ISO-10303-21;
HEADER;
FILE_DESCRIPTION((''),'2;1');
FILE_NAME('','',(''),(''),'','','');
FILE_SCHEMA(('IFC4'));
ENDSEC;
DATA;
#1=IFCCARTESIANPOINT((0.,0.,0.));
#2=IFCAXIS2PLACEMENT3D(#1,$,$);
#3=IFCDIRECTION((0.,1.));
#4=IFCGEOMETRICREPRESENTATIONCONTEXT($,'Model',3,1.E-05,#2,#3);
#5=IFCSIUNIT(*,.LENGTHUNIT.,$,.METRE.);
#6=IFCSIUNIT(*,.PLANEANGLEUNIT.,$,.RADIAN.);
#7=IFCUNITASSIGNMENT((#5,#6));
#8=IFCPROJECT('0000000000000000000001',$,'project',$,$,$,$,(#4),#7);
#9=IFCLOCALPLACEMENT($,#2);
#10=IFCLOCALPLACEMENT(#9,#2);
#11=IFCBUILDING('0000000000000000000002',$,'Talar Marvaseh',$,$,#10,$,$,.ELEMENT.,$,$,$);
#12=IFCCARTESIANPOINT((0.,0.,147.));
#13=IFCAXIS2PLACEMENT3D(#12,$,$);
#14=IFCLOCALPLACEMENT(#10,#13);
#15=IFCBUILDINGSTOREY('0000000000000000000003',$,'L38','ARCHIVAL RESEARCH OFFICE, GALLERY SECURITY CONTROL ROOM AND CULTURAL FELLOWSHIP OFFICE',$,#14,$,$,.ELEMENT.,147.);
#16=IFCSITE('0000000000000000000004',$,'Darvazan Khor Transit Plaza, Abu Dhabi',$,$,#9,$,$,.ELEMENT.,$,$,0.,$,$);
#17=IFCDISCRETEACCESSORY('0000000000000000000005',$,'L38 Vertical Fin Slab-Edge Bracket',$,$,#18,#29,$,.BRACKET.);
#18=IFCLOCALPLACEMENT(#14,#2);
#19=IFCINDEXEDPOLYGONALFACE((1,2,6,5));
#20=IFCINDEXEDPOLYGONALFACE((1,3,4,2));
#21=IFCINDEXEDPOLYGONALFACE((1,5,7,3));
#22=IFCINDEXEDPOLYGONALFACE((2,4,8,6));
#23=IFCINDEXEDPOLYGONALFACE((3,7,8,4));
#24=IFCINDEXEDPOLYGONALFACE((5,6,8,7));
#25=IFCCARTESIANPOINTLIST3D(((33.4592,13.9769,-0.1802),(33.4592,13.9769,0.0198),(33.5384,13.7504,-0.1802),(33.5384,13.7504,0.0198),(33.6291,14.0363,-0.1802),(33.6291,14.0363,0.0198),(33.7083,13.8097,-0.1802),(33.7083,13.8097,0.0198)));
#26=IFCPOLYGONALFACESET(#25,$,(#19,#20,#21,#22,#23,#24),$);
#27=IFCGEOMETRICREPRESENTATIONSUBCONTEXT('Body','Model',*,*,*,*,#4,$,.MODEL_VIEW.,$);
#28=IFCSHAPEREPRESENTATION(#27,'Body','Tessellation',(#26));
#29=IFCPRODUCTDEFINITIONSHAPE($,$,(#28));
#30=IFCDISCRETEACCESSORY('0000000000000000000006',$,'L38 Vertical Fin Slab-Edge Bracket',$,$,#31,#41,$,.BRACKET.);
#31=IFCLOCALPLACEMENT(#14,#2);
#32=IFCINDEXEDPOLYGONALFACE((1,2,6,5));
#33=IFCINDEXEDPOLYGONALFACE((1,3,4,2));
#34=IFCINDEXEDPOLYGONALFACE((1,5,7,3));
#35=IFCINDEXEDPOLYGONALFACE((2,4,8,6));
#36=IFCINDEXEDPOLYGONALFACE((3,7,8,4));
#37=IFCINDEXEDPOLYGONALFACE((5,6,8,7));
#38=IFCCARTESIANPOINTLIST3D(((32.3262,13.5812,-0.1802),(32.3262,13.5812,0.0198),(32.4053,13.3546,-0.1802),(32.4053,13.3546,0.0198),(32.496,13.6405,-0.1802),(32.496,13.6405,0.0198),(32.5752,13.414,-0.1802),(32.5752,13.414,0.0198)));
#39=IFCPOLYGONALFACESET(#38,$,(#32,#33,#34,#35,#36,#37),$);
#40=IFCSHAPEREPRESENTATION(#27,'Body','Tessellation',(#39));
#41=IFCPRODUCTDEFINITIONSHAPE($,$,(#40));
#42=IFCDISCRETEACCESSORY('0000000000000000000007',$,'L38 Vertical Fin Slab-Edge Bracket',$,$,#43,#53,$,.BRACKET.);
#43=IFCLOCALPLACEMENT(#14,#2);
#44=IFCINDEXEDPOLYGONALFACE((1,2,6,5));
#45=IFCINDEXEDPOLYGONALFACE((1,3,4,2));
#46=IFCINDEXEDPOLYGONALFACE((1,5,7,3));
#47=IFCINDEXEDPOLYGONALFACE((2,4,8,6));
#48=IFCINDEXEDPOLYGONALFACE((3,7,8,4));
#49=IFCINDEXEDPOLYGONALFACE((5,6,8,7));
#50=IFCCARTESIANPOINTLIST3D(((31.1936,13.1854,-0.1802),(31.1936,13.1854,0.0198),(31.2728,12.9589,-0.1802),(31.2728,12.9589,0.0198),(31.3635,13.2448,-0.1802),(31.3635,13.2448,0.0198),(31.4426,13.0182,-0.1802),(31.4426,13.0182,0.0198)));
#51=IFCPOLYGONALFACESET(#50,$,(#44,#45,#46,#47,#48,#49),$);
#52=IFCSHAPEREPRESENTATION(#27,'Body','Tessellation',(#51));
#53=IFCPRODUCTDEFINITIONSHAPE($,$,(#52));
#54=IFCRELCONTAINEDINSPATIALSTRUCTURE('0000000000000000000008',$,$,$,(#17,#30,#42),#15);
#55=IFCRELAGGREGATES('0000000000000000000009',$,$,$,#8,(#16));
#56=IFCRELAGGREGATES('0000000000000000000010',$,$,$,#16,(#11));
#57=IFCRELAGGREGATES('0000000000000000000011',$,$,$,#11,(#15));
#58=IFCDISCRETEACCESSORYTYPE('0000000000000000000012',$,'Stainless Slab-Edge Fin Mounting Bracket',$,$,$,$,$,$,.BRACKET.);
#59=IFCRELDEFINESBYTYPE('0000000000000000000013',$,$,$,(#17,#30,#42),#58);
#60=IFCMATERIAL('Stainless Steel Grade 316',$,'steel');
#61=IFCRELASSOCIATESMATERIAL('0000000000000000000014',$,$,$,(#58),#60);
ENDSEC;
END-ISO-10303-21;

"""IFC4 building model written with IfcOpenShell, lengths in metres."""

from ifc_helpers import new_model, si_unit, direction, frame, origin, origin_2d, place, context, subcontext, project, spatial, rectangle, extrude, source, transform, mapped, material, type_object, type_shapes, element, save


model = new_model("IFC4")

# Units and contexts
model_context = context("Model", 3, precision=1e-05, world=origin(), true_north=direction((0.0, 1.0)))
body_context = subcontext(model_context, "Body", "Model", "MODEL_VIEW")
ifc_project = project(units=[si_unit("LENGTHUNIT", "METRE"), si_unit("PLANEANGLEUNIT", "RADIAN")], contexts=[model_context])

# Site, building, storey
site_placement = place(None, origin())
site = spatial("IfcSite", under=ifc_project, at=site_placement, Name="Darvazan Khor Transit Plaza, Abu Dhabi", CompositionType="ELEMENT", RefElevation=0.0)
building_placement = place(site_placement, origin())
building = spatial("IfcBuilding", under=site, at=building_placement, Name="Talar Marvaseh", CompositionType="ELEMENT")
storey_placement = place(building_placement, frame((0.0, 0.0, 147.0)))
storey = spatial("IfcBuildingStorey", under=building, at=storey_placement, Name="L38", Description="ARCHIVAL RESEARCH OFFICE, GALLERY SECURITY CONTROL ROOM AND CULTURAL FELLOWSHIP OFFICE", CompositionType="ELEMENT", Elevation=147.0)

# Discrete accessories
ifc_material_1 = material(Name="Stainless Steel Grade 316", Category="steel")
discrete_accessory_type = type_object("IfcDiscreteAccessoryType", Name="Stainless Slab-Edge Fin Mounting Bracket", PredefinedType="BRACKET", material=ifc_material_1)
shared_shape_1 = source(origin(), body_context, "Body", "SweptSolid", [
    extrude(rectangle(XDim=0.24, YDim=0.1799, at=origin_2d()), origin(), (0.0, 0.0, 1.0), 0.2),
])
type_shapes(discrete_accessory_type, [shared_shape_1])
for number, where, z_axis, x_axis, name in (
    (1, (33.5837, 13.8933, -0.1802), (0.0, 0.0, 1.0), (0.329855, -0.944031, 0.0), "L38 Vertical Fin Slab-Edge Bracket"),
    (2, (32.4507, 13.4976, -0.1802), (0.0, 0.0, 1.0), (0.329855, -0.944031, 0.0), "L38 Vertical Fin Slab-Edge Bracket"),
    (3, (31.3181, 13.1018, -0.1802), (0.0, 0.0, 1.0), (0.329855, -0.944031, 0.0), "L38 Vertical Fin Slab-Edge Bracket"),
):
    element("IfcDiscreteAccessory", number, at=place(storey_placement, frame(where, z_axis=z_axis, x_axis=x_axis)), inside=storey, type_object=discrete_accessory_type, Name=name, PredefinedType="BRACKET", context=body_context, shape_type="MappedRepresentation", body=[
        mapped(shared_shape_1, transform((0.0, 0.0, 0.0), x_axis=(1.0, 0.0, 0.0), y_axis=(0.0, 1.0, 0.0), z_axis=(0.0, 0.0, 1.0), scale=1.0)),
    ])

save(model, "model.ifc")
